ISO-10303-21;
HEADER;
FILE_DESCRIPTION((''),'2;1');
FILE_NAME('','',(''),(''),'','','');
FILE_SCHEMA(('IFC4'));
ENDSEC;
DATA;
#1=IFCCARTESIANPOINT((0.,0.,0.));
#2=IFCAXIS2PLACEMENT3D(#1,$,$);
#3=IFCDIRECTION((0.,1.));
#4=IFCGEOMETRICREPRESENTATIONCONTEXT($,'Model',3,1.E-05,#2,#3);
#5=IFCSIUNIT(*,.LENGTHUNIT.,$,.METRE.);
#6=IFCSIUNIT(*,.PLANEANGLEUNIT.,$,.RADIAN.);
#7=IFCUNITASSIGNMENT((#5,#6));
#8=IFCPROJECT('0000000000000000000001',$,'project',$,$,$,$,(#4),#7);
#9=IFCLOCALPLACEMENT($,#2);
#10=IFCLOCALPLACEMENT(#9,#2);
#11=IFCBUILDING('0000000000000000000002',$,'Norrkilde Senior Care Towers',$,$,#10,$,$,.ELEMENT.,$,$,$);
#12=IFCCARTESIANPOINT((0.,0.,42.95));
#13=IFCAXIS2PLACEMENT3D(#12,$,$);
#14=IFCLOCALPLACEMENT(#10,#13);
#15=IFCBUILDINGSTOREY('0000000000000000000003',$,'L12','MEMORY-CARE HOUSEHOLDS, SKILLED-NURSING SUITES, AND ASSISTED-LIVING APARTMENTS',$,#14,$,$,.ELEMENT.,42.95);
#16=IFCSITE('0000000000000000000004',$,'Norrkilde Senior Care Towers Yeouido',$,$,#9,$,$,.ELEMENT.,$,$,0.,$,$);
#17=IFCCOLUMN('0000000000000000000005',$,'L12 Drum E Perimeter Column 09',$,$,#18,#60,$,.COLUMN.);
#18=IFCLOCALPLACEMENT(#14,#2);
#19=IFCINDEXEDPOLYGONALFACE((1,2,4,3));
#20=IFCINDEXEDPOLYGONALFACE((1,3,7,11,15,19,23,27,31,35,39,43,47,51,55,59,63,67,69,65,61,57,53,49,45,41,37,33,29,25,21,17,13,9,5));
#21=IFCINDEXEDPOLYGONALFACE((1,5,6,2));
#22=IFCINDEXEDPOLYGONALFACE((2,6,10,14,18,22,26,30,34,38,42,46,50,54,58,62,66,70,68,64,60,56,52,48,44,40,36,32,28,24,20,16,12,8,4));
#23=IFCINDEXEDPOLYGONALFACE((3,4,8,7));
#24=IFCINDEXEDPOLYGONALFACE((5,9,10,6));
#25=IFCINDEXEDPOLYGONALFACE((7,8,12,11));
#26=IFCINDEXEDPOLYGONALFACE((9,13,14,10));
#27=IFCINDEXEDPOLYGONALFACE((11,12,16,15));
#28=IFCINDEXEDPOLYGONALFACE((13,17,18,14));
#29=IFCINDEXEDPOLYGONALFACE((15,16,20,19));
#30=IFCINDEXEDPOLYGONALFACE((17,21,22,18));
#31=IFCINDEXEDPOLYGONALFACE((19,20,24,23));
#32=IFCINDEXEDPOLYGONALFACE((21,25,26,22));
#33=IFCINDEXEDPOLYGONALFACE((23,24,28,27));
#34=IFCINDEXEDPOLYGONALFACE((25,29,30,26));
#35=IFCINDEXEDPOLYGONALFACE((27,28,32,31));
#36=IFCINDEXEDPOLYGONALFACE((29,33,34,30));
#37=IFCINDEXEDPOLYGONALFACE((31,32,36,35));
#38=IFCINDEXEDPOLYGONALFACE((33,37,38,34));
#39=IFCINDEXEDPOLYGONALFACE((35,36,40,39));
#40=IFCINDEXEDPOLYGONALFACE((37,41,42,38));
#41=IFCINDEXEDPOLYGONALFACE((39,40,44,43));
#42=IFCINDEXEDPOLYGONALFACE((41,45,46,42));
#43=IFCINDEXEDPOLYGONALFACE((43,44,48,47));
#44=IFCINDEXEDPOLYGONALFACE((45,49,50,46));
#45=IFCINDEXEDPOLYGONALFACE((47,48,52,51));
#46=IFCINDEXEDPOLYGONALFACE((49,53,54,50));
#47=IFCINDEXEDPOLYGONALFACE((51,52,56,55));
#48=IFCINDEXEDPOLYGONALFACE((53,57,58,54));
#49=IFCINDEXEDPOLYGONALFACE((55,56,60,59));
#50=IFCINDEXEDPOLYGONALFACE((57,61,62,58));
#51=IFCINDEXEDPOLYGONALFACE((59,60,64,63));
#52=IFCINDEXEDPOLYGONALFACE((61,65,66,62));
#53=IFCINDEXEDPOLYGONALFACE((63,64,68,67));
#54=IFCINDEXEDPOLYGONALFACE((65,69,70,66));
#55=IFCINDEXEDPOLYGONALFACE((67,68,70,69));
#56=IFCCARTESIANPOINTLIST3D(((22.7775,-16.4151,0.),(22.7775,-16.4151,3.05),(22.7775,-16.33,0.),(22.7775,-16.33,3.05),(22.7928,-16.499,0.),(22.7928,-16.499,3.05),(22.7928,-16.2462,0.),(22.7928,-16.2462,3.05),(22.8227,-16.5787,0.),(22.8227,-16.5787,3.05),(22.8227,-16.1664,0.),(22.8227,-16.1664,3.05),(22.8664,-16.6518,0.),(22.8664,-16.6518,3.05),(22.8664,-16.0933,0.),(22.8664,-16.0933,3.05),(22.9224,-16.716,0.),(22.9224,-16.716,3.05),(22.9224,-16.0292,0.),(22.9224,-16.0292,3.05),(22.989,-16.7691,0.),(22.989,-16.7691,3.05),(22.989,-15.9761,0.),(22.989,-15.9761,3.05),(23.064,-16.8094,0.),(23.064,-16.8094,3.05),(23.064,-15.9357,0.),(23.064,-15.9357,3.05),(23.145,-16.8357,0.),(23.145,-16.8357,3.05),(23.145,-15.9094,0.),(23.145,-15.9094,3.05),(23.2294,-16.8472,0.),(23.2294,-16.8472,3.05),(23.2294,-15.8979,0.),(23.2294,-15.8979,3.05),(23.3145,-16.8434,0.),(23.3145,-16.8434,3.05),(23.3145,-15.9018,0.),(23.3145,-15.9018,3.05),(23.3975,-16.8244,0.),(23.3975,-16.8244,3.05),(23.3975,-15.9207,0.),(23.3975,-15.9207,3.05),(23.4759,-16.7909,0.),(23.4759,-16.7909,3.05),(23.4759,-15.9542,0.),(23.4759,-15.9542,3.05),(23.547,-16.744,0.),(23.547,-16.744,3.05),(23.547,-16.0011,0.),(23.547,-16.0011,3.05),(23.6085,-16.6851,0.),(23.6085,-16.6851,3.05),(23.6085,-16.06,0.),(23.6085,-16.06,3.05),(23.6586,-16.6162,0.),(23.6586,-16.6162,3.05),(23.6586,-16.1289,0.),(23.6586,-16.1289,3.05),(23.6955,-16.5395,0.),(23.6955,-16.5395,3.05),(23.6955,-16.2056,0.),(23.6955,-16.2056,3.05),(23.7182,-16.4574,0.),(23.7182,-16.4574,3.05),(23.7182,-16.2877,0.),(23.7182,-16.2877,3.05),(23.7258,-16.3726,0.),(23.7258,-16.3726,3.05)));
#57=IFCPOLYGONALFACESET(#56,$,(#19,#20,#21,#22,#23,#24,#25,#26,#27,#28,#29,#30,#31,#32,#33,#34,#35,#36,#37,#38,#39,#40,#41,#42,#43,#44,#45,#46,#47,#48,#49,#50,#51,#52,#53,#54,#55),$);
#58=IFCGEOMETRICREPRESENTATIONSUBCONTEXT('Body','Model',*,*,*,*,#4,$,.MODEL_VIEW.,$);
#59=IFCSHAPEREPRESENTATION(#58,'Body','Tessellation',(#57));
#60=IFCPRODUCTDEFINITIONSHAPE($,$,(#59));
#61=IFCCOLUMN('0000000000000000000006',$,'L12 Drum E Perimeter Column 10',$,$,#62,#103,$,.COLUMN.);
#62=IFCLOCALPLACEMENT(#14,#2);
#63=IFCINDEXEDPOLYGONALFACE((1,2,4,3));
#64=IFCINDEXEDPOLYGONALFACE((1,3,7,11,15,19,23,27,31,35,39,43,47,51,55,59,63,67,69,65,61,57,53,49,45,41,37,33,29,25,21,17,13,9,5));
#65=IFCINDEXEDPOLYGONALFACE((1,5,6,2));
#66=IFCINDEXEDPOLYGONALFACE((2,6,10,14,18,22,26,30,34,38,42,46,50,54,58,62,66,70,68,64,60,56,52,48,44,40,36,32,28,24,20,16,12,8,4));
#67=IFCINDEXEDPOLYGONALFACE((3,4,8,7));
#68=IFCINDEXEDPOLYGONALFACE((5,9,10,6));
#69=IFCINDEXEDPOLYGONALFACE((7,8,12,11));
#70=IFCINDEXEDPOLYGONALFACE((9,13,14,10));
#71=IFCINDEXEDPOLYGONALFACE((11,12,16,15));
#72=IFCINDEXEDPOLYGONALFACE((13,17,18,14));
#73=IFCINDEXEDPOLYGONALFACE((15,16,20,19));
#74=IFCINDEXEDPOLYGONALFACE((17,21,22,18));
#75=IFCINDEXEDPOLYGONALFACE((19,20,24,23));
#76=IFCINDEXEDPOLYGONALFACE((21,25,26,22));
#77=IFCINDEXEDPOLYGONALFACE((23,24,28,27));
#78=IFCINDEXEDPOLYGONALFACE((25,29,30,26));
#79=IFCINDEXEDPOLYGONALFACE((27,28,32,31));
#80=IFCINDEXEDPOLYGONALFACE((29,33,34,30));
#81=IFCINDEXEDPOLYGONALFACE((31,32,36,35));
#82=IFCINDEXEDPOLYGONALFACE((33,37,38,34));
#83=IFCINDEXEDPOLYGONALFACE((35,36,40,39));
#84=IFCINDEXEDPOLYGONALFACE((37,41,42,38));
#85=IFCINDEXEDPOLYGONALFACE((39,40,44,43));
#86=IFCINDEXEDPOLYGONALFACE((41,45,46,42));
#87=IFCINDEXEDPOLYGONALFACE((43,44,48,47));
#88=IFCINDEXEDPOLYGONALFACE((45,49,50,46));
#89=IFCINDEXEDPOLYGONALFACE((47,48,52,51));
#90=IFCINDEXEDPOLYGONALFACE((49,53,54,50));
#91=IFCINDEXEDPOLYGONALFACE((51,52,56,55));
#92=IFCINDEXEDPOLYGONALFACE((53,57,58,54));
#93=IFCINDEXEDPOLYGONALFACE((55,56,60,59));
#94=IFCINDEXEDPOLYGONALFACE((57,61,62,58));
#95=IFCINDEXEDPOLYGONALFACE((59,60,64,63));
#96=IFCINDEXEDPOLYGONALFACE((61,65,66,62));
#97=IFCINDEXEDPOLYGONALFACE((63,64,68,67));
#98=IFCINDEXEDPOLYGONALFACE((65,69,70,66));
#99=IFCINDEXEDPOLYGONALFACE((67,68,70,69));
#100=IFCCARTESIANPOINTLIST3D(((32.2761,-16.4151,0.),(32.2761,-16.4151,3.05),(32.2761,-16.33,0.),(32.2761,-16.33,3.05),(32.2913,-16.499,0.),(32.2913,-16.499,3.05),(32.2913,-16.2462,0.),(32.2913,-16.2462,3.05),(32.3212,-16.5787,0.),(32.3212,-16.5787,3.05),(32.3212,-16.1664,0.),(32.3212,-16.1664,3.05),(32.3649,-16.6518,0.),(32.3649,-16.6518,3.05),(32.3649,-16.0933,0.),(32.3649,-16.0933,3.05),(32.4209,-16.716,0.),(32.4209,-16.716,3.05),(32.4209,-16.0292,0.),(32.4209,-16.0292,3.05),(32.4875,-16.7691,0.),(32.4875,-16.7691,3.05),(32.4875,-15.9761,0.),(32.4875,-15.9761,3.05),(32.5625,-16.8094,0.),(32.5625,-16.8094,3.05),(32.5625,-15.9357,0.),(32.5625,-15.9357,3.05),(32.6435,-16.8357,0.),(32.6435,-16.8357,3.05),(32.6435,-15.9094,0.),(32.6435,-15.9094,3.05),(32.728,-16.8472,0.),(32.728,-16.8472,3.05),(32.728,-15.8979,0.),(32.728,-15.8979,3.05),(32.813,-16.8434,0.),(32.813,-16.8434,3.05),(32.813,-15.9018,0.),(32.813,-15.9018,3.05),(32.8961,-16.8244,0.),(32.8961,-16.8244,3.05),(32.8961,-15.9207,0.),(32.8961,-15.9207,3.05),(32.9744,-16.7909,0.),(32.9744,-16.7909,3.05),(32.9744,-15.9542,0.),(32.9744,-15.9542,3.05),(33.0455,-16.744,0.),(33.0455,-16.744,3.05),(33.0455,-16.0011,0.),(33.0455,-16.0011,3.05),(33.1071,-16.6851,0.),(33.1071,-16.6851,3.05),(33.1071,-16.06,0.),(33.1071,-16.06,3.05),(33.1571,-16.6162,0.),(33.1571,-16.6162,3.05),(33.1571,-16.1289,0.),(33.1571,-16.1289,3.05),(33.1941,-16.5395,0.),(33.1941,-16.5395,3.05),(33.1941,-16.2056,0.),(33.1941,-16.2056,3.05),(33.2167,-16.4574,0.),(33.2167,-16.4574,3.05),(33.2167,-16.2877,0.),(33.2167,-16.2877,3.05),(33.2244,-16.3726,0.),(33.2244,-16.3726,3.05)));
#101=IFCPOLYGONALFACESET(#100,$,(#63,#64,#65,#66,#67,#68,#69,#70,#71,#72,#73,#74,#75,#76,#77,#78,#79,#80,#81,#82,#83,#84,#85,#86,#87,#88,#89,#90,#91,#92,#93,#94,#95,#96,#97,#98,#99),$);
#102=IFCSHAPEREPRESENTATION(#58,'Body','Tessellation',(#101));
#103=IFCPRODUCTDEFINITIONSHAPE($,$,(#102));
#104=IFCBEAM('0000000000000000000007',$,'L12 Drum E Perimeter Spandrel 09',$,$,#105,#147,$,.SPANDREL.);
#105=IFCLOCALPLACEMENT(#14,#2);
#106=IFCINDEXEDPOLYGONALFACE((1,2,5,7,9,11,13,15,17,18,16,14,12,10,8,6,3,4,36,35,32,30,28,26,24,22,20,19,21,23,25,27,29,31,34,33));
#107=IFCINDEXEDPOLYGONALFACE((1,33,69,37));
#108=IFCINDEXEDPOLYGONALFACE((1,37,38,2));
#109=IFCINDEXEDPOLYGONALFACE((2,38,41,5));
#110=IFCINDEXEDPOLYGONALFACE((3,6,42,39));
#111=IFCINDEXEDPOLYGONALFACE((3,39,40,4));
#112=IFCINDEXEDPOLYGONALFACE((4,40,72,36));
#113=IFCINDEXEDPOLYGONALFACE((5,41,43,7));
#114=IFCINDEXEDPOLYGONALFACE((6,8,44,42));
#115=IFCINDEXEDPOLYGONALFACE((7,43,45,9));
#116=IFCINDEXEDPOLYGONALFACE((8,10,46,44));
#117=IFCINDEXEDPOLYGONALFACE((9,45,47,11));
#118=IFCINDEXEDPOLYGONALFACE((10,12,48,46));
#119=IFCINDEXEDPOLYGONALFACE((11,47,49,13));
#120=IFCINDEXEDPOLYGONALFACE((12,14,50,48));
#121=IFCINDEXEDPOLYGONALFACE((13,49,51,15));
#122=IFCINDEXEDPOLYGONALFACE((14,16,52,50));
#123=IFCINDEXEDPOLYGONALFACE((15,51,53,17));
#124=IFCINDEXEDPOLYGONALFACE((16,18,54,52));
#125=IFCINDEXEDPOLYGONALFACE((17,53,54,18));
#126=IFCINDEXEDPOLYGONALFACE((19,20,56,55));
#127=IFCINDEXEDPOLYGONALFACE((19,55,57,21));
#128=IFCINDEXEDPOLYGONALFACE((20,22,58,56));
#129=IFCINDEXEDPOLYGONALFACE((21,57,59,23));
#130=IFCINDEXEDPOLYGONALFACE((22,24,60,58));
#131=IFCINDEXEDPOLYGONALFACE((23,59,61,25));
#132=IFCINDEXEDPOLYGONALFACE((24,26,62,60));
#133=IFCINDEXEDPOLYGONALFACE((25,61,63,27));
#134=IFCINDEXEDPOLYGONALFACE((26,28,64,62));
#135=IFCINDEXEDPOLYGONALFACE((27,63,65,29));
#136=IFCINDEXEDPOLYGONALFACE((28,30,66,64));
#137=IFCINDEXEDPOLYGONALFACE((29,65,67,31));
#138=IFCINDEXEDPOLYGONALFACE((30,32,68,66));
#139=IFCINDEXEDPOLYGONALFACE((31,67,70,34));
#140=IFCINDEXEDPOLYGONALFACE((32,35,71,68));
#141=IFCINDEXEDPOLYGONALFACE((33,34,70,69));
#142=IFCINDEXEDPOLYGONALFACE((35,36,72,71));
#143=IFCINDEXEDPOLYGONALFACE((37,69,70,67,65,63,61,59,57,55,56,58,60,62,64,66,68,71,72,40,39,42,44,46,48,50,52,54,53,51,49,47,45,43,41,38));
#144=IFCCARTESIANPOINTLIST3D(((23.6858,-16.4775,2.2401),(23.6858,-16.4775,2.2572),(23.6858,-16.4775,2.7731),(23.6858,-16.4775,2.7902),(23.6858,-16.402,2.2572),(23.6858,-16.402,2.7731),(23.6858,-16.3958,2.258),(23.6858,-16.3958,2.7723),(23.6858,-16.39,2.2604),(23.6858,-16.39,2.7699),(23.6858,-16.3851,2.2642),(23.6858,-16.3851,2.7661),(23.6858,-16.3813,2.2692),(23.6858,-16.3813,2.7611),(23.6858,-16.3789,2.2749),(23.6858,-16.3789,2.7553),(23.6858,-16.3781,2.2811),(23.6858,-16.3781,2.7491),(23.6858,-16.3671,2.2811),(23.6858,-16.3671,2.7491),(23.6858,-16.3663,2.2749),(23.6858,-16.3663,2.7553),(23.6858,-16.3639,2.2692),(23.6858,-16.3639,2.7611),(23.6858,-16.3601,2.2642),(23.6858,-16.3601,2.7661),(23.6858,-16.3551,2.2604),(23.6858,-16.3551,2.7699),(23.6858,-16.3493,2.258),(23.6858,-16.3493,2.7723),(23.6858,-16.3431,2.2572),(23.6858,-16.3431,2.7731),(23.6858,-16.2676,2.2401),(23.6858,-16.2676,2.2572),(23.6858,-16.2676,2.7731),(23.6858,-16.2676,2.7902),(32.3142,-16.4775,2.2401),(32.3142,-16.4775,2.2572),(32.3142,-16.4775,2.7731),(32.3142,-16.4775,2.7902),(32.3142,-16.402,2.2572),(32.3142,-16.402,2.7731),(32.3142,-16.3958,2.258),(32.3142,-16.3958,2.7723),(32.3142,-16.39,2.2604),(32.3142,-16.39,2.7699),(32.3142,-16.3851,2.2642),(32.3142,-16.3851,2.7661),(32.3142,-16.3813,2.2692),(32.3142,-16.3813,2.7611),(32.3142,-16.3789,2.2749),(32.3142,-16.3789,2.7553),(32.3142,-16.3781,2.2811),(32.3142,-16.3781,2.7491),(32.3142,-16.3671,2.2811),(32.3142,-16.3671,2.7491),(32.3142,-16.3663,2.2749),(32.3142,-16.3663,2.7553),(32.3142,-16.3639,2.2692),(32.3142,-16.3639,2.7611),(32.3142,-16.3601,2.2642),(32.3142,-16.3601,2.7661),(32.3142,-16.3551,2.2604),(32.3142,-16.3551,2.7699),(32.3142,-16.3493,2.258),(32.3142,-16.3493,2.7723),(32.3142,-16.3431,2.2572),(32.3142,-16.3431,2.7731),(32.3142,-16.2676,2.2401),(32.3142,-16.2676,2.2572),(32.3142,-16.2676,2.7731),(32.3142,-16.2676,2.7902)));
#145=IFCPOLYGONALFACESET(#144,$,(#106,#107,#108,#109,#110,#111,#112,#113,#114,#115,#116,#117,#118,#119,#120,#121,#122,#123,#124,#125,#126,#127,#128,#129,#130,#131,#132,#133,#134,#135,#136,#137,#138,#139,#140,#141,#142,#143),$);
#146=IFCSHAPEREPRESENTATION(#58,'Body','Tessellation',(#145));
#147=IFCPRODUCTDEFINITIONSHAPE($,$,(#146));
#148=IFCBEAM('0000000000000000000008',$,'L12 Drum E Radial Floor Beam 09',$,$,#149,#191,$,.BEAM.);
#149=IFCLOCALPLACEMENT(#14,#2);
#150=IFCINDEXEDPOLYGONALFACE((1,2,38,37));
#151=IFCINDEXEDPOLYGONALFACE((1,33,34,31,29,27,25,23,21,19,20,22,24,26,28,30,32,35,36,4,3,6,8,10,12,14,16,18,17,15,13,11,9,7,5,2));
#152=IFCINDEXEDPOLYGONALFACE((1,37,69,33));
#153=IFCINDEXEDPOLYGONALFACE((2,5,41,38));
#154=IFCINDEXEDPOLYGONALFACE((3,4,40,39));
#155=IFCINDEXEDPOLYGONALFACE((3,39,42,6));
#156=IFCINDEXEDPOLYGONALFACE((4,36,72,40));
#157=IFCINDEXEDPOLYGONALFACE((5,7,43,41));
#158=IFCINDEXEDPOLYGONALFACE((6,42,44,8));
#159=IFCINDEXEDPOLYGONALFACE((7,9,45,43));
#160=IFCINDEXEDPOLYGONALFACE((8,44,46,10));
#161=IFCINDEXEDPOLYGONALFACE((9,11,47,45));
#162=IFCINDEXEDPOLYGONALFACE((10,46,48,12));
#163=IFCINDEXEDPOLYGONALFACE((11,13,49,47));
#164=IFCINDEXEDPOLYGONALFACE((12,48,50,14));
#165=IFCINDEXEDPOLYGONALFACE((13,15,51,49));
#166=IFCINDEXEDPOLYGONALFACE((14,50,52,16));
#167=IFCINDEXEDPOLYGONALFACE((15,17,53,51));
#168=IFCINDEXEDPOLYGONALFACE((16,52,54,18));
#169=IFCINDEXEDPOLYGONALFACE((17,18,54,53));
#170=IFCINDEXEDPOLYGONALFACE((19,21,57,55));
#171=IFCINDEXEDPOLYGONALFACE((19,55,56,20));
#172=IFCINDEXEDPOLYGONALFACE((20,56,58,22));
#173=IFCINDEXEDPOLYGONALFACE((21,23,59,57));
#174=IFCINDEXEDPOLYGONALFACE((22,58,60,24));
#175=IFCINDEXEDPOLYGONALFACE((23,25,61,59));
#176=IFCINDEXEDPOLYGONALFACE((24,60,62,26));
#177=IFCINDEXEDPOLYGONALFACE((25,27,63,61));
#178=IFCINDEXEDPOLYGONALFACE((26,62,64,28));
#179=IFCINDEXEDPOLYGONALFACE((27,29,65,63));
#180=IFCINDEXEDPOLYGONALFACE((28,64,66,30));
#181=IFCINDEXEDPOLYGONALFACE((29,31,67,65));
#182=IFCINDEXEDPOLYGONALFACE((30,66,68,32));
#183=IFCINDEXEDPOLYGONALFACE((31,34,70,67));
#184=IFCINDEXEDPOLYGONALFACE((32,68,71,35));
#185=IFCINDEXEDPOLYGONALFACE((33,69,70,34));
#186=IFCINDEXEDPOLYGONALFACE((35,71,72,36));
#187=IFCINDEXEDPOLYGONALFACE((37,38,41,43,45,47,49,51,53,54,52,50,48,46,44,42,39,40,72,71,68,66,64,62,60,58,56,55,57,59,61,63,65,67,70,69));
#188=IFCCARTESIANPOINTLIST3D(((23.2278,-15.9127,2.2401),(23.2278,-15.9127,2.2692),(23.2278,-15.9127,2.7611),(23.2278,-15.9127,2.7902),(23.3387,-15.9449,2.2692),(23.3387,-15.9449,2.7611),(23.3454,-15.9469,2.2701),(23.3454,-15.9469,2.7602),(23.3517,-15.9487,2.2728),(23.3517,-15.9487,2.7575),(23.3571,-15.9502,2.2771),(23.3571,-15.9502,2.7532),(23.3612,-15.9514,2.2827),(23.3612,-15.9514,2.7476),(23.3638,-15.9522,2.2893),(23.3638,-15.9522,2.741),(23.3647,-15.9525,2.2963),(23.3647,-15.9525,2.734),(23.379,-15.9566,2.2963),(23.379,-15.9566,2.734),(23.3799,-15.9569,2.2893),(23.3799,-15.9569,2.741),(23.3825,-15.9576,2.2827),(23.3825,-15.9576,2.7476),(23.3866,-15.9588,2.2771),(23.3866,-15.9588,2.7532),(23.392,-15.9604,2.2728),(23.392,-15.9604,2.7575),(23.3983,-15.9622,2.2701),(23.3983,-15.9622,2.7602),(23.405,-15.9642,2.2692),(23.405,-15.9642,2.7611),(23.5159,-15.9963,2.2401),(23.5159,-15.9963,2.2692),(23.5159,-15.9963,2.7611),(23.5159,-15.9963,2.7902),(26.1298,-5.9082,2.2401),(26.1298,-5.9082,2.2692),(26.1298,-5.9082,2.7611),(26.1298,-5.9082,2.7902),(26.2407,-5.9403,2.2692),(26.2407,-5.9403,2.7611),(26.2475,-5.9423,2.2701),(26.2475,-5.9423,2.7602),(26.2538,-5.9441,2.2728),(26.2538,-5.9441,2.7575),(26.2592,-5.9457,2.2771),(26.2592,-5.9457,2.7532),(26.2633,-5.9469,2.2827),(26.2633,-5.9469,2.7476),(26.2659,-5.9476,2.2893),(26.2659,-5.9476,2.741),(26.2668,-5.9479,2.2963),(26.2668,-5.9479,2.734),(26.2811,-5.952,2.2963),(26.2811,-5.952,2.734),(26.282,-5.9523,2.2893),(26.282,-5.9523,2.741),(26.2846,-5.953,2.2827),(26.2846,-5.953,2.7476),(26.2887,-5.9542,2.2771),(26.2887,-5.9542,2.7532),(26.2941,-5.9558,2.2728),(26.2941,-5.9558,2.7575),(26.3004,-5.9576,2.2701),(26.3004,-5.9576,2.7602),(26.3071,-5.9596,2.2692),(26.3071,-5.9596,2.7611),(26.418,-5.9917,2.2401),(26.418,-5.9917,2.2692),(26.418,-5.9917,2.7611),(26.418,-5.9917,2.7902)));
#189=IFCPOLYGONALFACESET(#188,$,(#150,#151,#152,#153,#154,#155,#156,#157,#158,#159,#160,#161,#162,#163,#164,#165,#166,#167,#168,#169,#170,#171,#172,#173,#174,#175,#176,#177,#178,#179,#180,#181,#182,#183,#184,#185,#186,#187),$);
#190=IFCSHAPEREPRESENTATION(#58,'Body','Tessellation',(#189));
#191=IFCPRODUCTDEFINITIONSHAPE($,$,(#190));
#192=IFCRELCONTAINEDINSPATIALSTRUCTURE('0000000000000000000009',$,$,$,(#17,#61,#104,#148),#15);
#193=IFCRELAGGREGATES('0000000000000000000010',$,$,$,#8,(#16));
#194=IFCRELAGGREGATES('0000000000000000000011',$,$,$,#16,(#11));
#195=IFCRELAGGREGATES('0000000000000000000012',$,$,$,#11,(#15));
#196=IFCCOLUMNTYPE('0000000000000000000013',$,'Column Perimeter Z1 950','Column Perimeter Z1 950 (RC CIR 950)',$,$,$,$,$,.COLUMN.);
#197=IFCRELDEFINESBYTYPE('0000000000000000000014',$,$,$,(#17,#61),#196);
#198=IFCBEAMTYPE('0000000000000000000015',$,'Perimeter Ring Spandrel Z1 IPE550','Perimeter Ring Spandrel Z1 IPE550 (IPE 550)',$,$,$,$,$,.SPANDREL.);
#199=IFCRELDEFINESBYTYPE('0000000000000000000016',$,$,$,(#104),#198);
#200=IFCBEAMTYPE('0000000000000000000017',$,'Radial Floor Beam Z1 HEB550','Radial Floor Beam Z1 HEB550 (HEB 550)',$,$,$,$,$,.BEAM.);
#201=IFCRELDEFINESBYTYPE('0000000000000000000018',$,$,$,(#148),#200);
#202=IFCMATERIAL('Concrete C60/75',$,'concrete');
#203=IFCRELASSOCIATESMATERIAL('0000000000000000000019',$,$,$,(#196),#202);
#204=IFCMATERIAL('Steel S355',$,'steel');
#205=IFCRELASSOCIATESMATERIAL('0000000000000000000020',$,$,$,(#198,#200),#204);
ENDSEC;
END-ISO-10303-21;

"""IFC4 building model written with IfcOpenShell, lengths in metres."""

from ifc_helpers import new_model, si_unit, direction, frame, origin, origin_2d, place, context, subcontext, project, spatial, circle, i_section, extrude, source, transform, mapped, material, material_profile, profile_set, type_object, type_shapes, element, save


model = new_model("IFC4")

# Units and contexts
model_context = context("Model", 3, precision=1e-05, world=origin(), true_north=direction((0.0, 1.0)))
body_context = subcontext(model_context, "Body", "Model", "MODEL_VIEW")
ifc_project = project(units=[si_unit("LENGTHUNIT", "METRE"), si_unit("PLANEANGLEUNIT", "RADIAN")], contexts=[model_context])

# Site, building, storey
site_placement = place(None, origin())
site = spatial("IfcSite", under=ifc_project, at=site_placement, Name="Norrkilde Senior Care Towers Yeouido", CompositionType="ELEMENT", RefElevation=0.0)
building_placement = place(site_placement, origin())
building = spatial("IfcBuilding", under=site, at=building_placement, Name="Norrkilde Senior Care Towers", CompositionType="ELEMENT")
storey_placement = place(building_placement, frame((0.0, 0.0, 42.95)))
storey = spatial("IfcBuildingStorey", under=building, at=storey_placement, Name="L12", Description="MEMORY-CARE HOUSEHOLDS, SKILLED-NURSING SUITES, AND ASSISTED-LIVING APARTMENTS", CompositionType="ELEMENT", Elevation=42.95)

# Columns
ifc_material_1 = material(Name="Concrete C60/75", Category="concrete")
ifc_material_profile_1 = material_profile(ifc_material_1, circle(Radius=0.4751, at=origin_2d()), Name="RC CIR 950")
ifc_profile_set_1 = profile_set([ifc_material_profile_1], Name="Concrete C60/75")
column_type = type_object("IfcColumnType", Name="Column Perimeter Z1 950", Description="Column Perimeter Z1 950 (RC CIR 950)", PredefinedType="COLUMN", material=ifc_profile_set_1)
shared_shape_1 = source(origin(), body_context, "Body", "SweptSolid", [
    extrude(circle(Radius=0.4751, at=origin_2d()), origin(), (0.0, 0.0, 1.0), 3.05),
])
type_shapes(column_type, [shared_shape_1])
for number, where, z_axis, x_axis, name in (
    (1, (23.2507, -16.3726, 0.0), (0.0, 0.0, 1.0), (1.0, 0.0, 0.0), "L12 Drum E Perimeter Column 09"),
    (2, (32.7493, -16.3726, 0.0), (0.0, 0.0, 1.0), (1.0, 0.0, 0.0), "L12 Drum E Perimeter Column 10"),
):
    element("IfcColumn", number, at=place(storey_placement, frame(where, z_axis=z_axis, x_axis=x_axis)), inside=storey, type_object=column_type, Name=name, PredefinedType="COLUMN", context=body_context, shape_type="MappedRepresentation", body=[
        mapped(shared_shape_1, transform((0.0, 0.0, 0.0), x_axis=(1.0, 0.0, 0.0), y_axis=(0.0, 1.0, 0.0), z_axis=(0.0, 0.0, 1.0), scale=1.0)),
    ])

# Beams
ifc_material_2 = material(Name="Steel S355", Category="steel")
ifc_material_profile_2 = material_profile(ifc_material_2, i_section(OverallWidth=0.21, OverallDepth=0.55, WebThickness=0.011, FlangeThickness=0.0171, FilletRadius=0.0239, at=origin_2d()), Name="IPE 550")
ifc_profile_set_2 = profile_set([ifc_material_profile_2], Name="Steel S355")
beam_type_1 = type_object("IfcBeamType", Name="Perimeter Ring Spandrel Z1 IPE550", Description="Perimeter Ring Spandrel Z1 IPE550 (IPE 550)", PredefinedType="SPANDREL", material=ifc_profile_set_2)
shared_shape_2 = source(origin(), body_context, "Body", "SweptSolid", [
    extrude(i_section(OverallWidth=0.21, OverallDepth=0.55, WebThickness=0.011, FlangeThickness=0.0171, FilletRadius=0.0239, at=origin_2d()), origin(), (0.0, 0.0, 1.0), 8.6284),
])
type_shapes(beam_type_1, [shared_shape_2])
beam_1_placement = place(storey_placement, frame((23.6858, -16.3726, 2.5151), z_axis=(1.0, 0.0, 0.0), x_axis=(0.0, 1.0, 0.0)))
element("IfcBeam", 3, at=beam_1_placement, inside=storey, type_object=beam_type_1, Name="L12 Drum E Perimeter Spandrel 09", PredefinedType="SPANDREL", context=body_context, shape_type="MappedRepresentation", body=[
    mapped(shared_shape_2, transform((0.0, 0.0, 0.0), x_axis=(1.0, 0.0, 0.0), y_axis=(0.0, 1.0, 0.0), z_axis=(0.0, 0.0, 1.0), scale=1.0)),
])
ifc_material_profile_3 = material_profile(ifc_material_2, i_section(OverallWidth=0.3, OverallDepth=0.55, WebThickness=0.0149, FlangeThickness=0.0291, FilletRadius=0.0271, at=origin_2d()), Name="HEB 550")
ifc_profile_set_3 = profile_set([ifc_material_profile_3], Name="Steel S355")
beam_type_2 = type_object("IfcBeamType", Name="Radial Floor Beam Z1 HEB550", Description="Radial Floor Beam Z1 HEB550 (HEB 550)", PredefinedType="BEAM", material=ifc_profile_set_3)
shared_shape_3 = source(origin(), body_context, "Body", "SweptSolid", [
    extrude(i_section(OverallWidth=0.3, OverallDepth=0.55, WebThickness=0.0149, FlangeThickness=0.0291, FilletRadius=0.0271, at=origin_2d()), origin(), (0.0, 0.0, 1.0), 10.417),
])
type_shapes(beam_type_2, [shared_shape_3])
for number, where, z_axis, x_axis, name in (
    (4, (26.2739, -5.95, 2.5151), (-0.278591, -0.96041, 0.0), (0.96041, -0.278591, 0.0), "L12 Drum E Radial Floor Beam 09"),
):
    element("IfcBeam", number, at=place(storey_placement, frame(where, z_axis=z_axis, x_axis=x_axis)), inside=storey, type_object=beam_type_2, Name=name, PredefinedType="BEAM", context=body_context, shape_type="MappedRepresentation", body=[
        mapped(shared_shape_3, transform((0.0, 0.0, 0.0), x_axis=(1.0, 0.0, 0.0), y_axis=(0.0, 1.0, 0.0), z_axis=(0.0, 0.0, 1.0), scale=1.0)),
    ])

save(model, "model.ifc")
